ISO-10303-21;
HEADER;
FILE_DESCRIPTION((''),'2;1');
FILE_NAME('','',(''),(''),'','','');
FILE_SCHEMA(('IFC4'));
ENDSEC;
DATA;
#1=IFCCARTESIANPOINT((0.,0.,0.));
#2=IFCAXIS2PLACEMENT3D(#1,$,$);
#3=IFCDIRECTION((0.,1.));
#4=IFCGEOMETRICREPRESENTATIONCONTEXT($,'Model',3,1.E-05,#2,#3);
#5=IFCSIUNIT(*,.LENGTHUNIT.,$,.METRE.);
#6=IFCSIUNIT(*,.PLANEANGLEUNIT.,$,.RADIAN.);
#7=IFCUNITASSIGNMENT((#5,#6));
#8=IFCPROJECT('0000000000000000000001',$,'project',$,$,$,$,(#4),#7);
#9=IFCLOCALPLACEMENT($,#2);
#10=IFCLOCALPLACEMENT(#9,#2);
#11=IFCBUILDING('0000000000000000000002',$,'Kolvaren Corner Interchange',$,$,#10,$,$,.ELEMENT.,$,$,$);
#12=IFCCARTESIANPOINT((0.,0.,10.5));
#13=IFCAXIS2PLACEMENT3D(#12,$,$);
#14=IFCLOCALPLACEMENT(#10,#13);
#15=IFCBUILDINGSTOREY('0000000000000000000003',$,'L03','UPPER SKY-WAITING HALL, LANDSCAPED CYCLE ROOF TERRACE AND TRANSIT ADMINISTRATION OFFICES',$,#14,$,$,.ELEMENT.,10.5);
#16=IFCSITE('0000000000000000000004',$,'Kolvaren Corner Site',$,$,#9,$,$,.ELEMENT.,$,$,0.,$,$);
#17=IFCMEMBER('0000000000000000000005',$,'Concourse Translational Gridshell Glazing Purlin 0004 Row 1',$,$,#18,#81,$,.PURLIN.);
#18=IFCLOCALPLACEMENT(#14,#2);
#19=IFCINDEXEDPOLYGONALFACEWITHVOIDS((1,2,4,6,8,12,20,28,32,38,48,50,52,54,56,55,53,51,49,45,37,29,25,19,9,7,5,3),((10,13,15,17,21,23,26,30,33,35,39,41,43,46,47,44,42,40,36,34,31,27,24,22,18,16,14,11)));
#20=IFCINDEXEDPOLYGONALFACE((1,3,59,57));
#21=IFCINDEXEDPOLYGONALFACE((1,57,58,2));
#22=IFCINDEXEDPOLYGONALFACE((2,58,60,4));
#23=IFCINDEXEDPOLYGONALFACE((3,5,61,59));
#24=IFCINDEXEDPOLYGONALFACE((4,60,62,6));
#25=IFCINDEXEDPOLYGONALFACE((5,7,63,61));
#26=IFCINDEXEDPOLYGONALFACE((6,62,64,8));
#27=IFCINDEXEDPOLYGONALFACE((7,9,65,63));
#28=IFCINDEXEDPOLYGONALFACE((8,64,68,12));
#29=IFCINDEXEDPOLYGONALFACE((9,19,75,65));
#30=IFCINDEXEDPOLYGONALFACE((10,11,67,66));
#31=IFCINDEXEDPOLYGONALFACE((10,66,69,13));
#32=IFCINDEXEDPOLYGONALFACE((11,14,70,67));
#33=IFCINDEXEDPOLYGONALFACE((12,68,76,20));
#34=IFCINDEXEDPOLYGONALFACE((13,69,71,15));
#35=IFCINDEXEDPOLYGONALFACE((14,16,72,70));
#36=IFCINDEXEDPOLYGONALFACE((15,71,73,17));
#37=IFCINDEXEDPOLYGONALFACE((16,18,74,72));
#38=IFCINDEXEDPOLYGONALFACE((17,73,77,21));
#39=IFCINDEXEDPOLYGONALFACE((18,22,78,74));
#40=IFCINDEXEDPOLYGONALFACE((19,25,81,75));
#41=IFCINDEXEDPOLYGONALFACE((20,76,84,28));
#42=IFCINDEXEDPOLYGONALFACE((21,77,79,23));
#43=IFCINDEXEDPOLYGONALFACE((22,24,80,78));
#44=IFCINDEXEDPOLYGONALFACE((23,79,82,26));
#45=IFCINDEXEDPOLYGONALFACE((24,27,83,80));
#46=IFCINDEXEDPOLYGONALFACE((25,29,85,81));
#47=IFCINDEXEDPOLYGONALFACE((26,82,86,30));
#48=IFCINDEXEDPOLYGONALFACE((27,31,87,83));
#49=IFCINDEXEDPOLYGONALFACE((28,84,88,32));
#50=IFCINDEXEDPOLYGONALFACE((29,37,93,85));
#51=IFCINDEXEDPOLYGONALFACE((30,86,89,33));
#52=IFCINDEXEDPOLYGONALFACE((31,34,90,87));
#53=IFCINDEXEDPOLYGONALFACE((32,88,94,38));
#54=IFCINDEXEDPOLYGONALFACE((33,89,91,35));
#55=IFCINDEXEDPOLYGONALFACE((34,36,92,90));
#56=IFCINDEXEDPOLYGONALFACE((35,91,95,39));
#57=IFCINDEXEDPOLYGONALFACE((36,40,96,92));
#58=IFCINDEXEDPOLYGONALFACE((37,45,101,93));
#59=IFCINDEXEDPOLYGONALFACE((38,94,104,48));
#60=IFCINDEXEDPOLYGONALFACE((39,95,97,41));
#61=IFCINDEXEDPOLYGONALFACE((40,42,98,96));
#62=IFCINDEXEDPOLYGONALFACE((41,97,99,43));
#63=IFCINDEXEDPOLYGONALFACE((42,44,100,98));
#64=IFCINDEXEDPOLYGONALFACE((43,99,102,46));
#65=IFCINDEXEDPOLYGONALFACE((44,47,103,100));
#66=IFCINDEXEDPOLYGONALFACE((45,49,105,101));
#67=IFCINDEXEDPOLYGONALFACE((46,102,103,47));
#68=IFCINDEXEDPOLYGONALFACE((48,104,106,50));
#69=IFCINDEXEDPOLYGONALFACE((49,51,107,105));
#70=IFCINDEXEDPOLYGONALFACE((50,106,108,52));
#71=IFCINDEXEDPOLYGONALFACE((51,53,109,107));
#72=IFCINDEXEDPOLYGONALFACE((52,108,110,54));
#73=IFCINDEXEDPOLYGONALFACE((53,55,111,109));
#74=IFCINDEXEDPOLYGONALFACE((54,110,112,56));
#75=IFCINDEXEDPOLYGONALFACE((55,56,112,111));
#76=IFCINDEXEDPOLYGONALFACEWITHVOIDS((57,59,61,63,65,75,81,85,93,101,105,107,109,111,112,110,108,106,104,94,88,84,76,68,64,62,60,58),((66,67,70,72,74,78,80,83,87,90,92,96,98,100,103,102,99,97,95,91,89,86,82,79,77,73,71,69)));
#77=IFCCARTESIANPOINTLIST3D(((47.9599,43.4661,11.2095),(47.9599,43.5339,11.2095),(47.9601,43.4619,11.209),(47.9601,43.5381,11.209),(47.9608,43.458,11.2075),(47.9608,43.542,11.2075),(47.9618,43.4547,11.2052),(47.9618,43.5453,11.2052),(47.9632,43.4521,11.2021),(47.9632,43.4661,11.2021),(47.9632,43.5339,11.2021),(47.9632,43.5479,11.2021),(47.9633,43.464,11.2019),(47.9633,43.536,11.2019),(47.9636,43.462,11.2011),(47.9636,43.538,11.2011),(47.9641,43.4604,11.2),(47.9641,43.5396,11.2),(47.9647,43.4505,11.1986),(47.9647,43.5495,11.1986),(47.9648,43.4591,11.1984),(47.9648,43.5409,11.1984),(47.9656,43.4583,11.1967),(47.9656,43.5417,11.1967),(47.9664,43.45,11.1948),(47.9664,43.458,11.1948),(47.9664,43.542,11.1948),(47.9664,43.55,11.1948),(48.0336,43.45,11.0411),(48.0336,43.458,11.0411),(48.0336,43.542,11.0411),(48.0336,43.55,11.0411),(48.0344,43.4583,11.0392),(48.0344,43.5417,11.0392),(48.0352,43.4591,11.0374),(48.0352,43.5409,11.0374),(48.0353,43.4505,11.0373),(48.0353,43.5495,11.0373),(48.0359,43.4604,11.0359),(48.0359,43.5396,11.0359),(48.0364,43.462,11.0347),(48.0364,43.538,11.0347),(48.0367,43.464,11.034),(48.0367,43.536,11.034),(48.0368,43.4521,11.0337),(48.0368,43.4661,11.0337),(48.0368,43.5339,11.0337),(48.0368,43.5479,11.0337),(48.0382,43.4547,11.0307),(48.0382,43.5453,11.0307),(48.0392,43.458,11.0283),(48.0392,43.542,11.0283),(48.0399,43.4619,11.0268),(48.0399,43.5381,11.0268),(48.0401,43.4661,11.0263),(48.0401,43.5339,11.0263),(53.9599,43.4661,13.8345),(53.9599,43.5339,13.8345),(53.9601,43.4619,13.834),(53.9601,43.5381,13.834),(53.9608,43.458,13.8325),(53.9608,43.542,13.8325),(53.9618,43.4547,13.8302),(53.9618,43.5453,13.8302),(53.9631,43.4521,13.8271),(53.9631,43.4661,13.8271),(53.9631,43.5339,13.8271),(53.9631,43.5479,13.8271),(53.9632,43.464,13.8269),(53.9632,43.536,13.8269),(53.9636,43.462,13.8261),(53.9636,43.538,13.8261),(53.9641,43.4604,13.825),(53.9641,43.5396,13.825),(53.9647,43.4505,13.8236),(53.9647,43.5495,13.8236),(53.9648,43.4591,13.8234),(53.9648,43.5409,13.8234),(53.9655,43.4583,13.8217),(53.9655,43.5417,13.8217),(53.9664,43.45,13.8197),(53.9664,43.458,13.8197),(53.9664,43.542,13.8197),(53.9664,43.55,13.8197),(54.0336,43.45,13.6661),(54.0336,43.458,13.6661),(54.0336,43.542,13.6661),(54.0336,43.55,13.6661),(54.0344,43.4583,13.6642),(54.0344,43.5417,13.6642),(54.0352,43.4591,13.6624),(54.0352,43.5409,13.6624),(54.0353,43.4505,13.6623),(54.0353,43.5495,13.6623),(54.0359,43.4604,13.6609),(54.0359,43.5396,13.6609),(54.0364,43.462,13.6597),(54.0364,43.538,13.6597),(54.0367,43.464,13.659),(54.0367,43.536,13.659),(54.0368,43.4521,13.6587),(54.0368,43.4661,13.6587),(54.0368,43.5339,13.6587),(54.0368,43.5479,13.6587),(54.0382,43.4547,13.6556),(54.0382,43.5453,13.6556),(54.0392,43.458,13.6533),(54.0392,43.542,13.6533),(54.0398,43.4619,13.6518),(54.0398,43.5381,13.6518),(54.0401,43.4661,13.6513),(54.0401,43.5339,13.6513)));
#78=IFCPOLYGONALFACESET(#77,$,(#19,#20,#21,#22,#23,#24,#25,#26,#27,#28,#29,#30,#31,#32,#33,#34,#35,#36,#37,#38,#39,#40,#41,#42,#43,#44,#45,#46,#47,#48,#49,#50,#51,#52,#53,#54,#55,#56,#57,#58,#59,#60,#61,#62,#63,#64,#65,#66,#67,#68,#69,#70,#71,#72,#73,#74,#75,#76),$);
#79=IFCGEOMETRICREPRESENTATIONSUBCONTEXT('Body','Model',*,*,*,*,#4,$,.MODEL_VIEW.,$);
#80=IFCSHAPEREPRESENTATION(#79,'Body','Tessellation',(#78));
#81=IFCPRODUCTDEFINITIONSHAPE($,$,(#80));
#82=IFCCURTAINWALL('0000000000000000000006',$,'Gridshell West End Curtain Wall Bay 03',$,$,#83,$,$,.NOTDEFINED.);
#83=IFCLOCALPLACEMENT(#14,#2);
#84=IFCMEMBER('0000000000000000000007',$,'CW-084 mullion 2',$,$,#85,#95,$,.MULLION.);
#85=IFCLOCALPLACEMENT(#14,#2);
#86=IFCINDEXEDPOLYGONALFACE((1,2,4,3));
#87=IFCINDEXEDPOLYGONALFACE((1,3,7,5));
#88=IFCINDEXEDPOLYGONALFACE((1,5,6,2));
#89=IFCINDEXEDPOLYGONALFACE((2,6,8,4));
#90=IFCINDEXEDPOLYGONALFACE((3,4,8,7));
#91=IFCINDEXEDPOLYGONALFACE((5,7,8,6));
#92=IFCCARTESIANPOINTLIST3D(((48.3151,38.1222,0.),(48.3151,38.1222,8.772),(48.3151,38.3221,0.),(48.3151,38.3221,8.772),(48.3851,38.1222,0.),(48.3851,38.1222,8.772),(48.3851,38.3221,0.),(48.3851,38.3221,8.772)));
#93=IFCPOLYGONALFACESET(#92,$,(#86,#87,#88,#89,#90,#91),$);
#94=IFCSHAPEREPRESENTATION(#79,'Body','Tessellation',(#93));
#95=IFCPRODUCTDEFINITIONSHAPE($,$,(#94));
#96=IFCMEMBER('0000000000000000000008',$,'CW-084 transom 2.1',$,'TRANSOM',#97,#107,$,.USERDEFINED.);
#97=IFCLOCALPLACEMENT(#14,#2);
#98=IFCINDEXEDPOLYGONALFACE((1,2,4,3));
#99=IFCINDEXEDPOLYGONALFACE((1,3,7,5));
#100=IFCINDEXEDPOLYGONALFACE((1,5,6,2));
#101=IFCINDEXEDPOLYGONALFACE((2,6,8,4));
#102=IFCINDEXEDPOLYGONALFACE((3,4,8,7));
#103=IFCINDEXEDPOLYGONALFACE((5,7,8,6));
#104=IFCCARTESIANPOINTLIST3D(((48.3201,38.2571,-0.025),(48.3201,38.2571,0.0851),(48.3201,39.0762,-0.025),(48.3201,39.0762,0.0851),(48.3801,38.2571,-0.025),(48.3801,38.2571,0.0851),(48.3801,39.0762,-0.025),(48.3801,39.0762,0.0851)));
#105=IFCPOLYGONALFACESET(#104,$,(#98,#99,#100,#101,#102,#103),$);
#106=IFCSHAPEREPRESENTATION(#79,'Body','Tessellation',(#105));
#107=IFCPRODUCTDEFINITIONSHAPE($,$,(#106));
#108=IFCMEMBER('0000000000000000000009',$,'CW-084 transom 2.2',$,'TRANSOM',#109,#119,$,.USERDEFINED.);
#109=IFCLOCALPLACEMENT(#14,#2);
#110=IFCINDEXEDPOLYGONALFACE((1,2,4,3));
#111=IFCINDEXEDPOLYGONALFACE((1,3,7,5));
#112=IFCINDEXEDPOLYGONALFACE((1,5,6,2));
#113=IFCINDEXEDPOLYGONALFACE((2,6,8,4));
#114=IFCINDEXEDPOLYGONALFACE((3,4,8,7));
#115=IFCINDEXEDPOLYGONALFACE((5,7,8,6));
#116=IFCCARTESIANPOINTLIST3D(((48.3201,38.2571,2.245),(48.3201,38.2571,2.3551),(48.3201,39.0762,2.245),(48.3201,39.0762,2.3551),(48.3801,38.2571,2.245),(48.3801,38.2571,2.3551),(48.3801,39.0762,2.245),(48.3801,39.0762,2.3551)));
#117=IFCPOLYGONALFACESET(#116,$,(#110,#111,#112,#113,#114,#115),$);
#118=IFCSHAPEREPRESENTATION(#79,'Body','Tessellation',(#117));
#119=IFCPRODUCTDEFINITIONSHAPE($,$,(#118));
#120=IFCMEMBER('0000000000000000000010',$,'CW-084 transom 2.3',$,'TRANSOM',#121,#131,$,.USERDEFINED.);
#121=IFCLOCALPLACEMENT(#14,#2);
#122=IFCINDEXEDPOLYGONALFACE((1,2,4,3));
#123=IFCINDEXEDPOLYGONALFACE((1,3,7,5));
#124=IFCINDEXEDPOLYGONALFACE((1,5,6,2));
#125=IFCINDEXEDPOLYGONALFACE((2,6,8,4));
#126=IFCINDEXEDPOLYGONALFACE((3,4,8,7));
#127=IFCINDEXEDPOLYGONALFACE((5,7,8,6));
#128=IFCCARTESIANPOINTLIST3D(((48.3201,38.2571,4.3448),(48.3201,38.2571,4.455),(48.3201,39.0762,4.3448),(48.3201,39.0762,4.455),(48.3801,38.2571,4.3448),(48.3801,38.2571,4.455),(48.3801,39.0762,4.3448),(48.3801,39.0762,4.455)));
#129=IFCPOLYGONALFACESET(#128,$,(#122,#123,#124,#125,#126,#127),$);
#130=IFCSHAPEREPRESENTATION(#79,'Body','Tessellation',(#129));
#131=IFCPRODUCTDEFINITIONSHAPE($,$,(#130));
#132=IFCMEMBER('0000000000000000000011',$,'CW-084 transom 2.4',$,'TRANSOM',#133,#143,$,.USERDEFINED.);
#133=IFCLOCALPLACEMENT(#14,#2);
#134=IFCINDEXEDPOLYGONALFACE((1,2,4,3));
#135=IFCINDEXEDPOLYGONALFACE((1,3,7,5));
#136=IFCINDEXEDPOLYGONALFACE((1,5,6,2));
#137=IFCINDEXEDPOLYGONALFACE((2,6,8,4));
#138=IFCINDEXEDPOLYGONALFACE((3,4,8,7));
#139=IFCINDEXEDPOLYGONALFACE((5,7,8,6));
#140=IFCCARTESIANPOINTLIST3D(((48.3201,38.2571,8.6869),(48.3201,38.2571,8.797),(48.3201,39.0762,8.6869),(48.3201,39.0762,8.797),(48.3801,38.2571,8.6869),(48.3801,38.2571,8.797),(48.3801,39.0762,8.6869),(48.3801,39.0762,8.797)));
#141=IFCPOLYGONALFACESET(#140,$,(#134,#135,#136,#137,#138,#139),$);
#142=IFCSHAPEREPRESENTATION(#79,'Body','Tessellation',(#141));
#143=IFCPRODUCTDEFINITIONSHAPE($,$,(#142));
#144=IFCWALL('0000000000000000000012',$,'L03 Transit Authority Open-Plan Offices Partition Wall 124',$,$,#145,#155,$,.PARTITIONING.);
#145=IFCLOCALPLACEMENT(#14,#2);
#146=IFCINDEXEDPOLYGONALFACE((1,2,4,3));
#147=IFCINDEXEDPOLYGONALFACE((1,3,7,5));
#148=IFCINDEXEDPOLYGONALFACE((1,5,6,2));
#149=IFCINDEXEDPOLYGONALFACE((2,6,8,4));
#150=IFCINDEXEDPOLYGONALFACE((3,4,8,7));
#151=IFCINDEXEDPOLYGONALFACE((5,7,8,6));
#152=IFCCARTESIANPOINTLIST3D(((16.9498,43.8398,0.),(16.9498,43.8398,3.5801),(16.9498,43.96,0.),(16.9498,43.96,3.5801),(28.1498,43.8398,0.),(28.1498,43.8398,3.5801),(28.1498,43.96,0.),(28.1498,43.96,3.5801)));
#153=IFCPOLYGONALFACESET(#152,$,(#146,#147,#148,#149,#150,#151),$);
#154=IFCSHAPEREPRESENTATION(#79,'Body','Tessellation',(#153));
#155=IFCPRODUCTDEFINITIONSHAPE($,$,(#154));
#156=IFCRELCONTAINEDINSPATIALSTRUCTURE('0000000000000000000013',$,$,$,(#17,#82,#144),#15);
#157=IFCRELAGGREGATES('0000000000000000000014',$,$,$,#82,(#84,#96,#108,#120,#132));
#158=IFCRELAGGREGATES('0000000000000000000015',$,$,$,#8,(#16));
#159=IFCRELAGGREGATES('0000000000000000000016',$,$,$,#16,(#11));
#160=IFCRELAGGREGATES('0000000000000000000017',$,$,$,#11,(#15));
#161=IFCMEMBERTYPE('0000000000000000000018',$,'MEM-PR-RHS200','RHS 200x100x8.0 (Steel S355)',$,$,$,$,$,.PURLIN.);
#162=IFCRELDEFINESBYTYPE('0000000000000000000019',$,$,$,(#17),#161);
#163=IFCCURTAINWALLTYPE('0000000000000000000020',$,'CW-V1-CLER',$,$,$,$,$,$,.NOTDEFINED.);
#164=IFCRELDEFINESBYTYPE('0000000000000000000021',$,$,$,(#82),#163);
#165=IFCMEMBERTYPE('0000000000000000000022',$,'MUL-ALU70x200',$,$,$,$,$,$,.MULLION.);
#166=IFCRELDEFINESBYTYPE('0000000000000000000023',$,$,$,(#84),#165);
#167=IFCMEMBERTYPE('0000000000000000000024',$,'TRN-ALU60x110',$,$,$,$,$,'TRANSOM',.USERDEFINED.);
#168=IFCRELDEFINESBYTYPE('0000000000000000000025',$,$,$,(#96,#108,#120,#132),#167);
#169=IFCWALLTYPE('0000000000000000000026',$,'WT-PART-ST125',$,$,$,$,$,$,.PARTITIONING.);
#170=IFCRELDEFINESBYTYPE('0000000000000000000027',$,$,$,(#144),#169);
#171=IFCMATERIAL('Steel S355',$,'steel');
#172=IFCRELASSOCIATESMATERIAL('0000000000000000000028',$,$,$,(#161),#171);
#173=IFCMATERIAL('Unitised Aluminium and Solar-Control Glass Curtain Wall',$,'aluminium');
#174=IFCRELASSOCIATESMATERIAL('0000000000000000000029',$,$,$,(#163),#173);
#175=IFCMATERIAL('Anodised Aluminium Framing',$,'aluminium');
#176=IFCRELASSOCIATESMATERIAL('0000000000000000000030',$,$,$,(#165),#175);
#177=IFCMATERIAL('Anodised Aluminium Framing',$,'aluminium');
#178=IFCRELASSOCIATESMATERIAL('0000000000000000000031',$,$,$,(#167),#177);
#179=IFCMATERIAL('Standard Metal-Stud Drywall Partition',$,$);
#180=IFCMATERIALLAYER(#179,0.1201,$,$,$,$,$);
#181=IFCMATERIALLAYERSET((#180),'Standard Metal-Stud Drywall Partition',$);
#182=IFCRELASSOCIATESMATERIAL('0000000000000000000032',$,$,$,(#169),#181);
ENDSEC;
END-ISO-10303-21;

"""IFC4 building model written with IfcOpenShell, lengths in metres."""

from ifc_helpers import new_model, si_unit, direction, frame, frame_2d, origin, origin_2d, place, context, subcontext, project, spatial, rectangle, hollow_rectangle, extrude, material, layer, layer_set, material_profile, profile_set, type_object, element, aggregate, save


model = new_model("IFC4")

# Units and contexts
model_context = context("Model", 3, precision=1e-05, world=origin(), true_north=direction((0.0, 1.0)))
body_context = subcontext(model_context, "Body", "Model", "MODEL_VIEW")
ifc_project = project(units=[si_unit("LENGTHUNIT", "METRE"), si_unit("PLANEANGLEUNIT", "RADIAN")], contexts=[model_context])

# Site, building, storey
site_placement = place(None, origin())
site = spatial("IfcSite", under=ifc_project, at=site_placement, Name="Kolvaren Corner Site", CompositionType="ELEMENT", RefElevation=0.0)
building_placement = place(site_placement, origin())
building = spatial("IfcBuilding", under=site, at=building_placement, Name="Kolvaren Corner Interchange", CompositionType="ELEMENT")
storey_placement = place(building_placement, frame((0.0, 0.0, 10.5)))
storey = spatial("IfcBuildingStorey", under=building, at=storey_placement, Name="L03", Description="UPPER SKY-WAITING HALL, LANDSCAPED CYCLE ROOF TERRACE AND TRANSIT ADMINISTRATION OFFICES", CompositionType="ELEMENT", Elevation=10.5)

# Member
ifc_material_1 = material(Name="Steel S355", Category="steel")
ifc_material_profile_1 = material_profile(ifc_material_1, hollow_rectangle(XDim=0.1001, YDim=0.2, WallThickness=0.0081, InnerFilletRadius=0.0081, OuterFilletRadius=0.0161, at=origin_2d()), Name="RHS 200x100x8.0")
ifc_profile_set_1 = profile_set([ifc_material_profile_1], Name="Steel S355")
member_type_1 = type_object("IfcMemberType", Name="MEM-PR-RHS200", Description="RHS 200x100x8.0 (Steel S355)", PredefinedType="PURLIN", material=ifc_profile_set_1)
for number, where, z_axis, x_axis, name in (
    (1, (48.0, 43.5, 11.1179), (0.916157, 0.0, 0.400819), (0.0, 1.0, 0.0), "Concourse Translational Gridshell Glazing Purlin 0004 Row 1"),
):
    element("IfcMember", number, at=place(storey_placement, frame(where, z_axis=z_axis, x_axis=x_axis)), inside=storey, type_object=member_type_1, Name=name, PredefinedType="PURLIN", context=body_context, shape_type="SweptSolid", body=[
        extrude(hollow_rectangle(XDim=0.1001, YDim=0.2, WallThickness=0.0081, InnerFilletRadius=0.0081, OuterFilletRadius=0.0161, at=origin_2d()), origin(), (0.0, 0.0, 1.0), 6.5491),
    ])

# Curtain wall, members
ifc_material_2 = material(Name="Unitised Aluminium and Solar-Control Glass Curtain Wall", Category="aluminium")
curtain_wall_type = type_object("IfcCurtainWallType", Name="CW-V1-CLER", PredefinedType="NOTDEFINED", material=ifc_material_2)
curtain_wall_placement = place(storey_placement, origin())
curtain_wall = element("IfcCurtainWall", 2, at=curtain_wall_placement, inside=storey, type_object=curtain_wall_type, Name="Gridshell West End Curtain Wall Bay 03", PredefinedType="NOTDEFINED")
ifc_material_3 = material(Name="Anodised Aluminium Framing", Category="aluminium")
ifc_material_profile_2 = material_profile(ifc_material_3, rectangle(XDim=0.0701, YDim=0.2, at=origin_2d()), Name="ALU 70x200")
ifc_profile_set_2 = profile_set([ifc_material_profile_2], Name="Anodised Aluminium Framing")
member_type_2 = type_object("IfcMemberType", Name="MUL-ALU70x200", PredefinedType="MULLION", material=ifc_profile_set_2)
member_1_placement = place(storey_placement, frame((48.3501, 38.2222, 0.0), z_axis=(0.0, 0.0, 1.0), x_axis=(-1.0, 0.0, 0.0)))
member_1 = element("IfcMember", 3, at=member_1_placement, type_object=member_type_2, Name="CW-084 mullion 2", PredefinedType="MULLION", context=body_context, shape_type="SweptSolid", body=[
    extrude(rectangle(XDim=0.0701, YDim=0.2, at=origin_2d()), origin(), (0.0, 0.0, 1.0), 8.772),
])
ifc_material_4 = material(Name="Anodised Aluminium Framing", Category="aluminium")
ifc_material_profile_3 = material_profile(ifc_material_4, rectangle(XDim=0.0601, YDim=0.1101, at=origin_2d()), Name="ALU 60x110")
ifc_profile_set_3 = profile_set([ifc_material_profile_3], Name="Anodised Aluminium Framing")
member_type_3 = type_object("IfcMemberType", Name="TRN-ALU60x110", ElementType="TRANSOM", PredefinedType="USERDEFINED", material=ifc_profile_set_3)
member_2_placement = place(storey_placement, frame((48.3501, 38.2571, 0.03), z_axis=(0.0, 1.0, 0.0), x_axis=(-1.0, 0.0, 0.0)))
member_2 = element("IfcMember", 4, at=member_2_placement, type_object=member_type_3, Name="CW-084 transom 2.1", ObjectType="TRANSOM", PredefinedType="USERDEFINED", context=body_context, shape_type="SweptSolid", body=[
    extrude(rectangle(XDim=0.0601, YDim=0.1101, at=origin_2d()), origin(), (0.0, 0.0, 1.0), 0.8191),
])
member_3_placement = place(storey_placement, frame((48.3501, 38.2571, 2.3), z_axis=(0.0, 1.0, 0.0), x_axis=(-1.0, 0.0, 0.0)))
member_3 = element("IfcMember", 5, at=member_3_placement, type_object=member_type_3, Name="CW-084 transom 2.2", ObjectType="TRANSOM", PredefinedType="USERDEFINED", context=body_context, shape_type="SweptSolid", body=[
    extrude(rectangle(XDim=0.0601, YDim=0.1101, at=origin_2d()), origin(), (0.0, 0.0, 1.0), 0.8191),
])
member_4_placement = place(storey_placement, frame((48.3501, 38.2571, 4.3999), z_axis=(0.0, 1.0, 0.0), x_axis=(-1.0, 0.0, 0.0)))
member_4 = element("IfcMember", 6, at=member_4_placement, type_object=member_type_3, Name="CW-084 transom 2.3", ObjectType="TRANSOM", PredefinedType="USERDEFINED", context=body_context, shape_type="SweptSolid", body=[
    extrude(rectangle(XDim=0.0601, YDim=0.1101, at=origin_2d()), origin(), (0.0, 0.0, 1.0), 0.8191),
])
member_5_placement = place(storey_placement, frame((48.3501, 38.2571, 8.7419), z_axis=(0.0, 1.0, 0.0), x_axis=(-1.0, 0.0, 0.0)))
member_5 = element("IfcMember", 7, at=member_5_placement, type_object=member_type_3, Name="CW-084 transom 2.4", ObjectType="TRANSOM", PredefinedType="USERDEFINED", context=body_context, shape_type="SweptSolid", body=[
    extrude(rectangle(XDim=0.0601, YDim=0.1101, at=origin_2d()), origin(), (0.0, 0.0, 1.0), 0.8191),
])
aggregate(curtain_wall, [member_1, member_2, member_3, member_4, member_5])

# Wall
ifc_material_5 = material(Name="Standard Metal-Stud Drywall Partition")
ifc_layer = layer(ifc_material_5, 0.1201)
ifc_layer_set = layer_set([ifc_layer], Name="Standard Metal-Stud Drywall Partition")
wall_type = type_object("IfcWallType", Name="WT-PART-ST125", PredefinedType="PARTITIONING", material=ifc_layer_set)
wall_placement = place(storey_placement, frame((28.1499, 43.8999, 0.0), z_axis=(0.0, 0.0, 1.0), x_axis=(-1.0, 0.0, 0.0)))
element("IfcWall", 8, at=wall_placement, inside=storey, type_object=wall_type, Name="L03 Transit Authority Open-Plan Offices Partition Wall 124", PredefinedType="PARTITIONING", context=body_context, shape_type="SweptSolid", body=[
    extrude(rectangle(XDim=11.2, YDim=0.1201, at=frame_2d((5.6001, 0.0))), origin(), (0.0, 0.0, 1.0), 3.5801),
])

save(model, "model.ifc")
